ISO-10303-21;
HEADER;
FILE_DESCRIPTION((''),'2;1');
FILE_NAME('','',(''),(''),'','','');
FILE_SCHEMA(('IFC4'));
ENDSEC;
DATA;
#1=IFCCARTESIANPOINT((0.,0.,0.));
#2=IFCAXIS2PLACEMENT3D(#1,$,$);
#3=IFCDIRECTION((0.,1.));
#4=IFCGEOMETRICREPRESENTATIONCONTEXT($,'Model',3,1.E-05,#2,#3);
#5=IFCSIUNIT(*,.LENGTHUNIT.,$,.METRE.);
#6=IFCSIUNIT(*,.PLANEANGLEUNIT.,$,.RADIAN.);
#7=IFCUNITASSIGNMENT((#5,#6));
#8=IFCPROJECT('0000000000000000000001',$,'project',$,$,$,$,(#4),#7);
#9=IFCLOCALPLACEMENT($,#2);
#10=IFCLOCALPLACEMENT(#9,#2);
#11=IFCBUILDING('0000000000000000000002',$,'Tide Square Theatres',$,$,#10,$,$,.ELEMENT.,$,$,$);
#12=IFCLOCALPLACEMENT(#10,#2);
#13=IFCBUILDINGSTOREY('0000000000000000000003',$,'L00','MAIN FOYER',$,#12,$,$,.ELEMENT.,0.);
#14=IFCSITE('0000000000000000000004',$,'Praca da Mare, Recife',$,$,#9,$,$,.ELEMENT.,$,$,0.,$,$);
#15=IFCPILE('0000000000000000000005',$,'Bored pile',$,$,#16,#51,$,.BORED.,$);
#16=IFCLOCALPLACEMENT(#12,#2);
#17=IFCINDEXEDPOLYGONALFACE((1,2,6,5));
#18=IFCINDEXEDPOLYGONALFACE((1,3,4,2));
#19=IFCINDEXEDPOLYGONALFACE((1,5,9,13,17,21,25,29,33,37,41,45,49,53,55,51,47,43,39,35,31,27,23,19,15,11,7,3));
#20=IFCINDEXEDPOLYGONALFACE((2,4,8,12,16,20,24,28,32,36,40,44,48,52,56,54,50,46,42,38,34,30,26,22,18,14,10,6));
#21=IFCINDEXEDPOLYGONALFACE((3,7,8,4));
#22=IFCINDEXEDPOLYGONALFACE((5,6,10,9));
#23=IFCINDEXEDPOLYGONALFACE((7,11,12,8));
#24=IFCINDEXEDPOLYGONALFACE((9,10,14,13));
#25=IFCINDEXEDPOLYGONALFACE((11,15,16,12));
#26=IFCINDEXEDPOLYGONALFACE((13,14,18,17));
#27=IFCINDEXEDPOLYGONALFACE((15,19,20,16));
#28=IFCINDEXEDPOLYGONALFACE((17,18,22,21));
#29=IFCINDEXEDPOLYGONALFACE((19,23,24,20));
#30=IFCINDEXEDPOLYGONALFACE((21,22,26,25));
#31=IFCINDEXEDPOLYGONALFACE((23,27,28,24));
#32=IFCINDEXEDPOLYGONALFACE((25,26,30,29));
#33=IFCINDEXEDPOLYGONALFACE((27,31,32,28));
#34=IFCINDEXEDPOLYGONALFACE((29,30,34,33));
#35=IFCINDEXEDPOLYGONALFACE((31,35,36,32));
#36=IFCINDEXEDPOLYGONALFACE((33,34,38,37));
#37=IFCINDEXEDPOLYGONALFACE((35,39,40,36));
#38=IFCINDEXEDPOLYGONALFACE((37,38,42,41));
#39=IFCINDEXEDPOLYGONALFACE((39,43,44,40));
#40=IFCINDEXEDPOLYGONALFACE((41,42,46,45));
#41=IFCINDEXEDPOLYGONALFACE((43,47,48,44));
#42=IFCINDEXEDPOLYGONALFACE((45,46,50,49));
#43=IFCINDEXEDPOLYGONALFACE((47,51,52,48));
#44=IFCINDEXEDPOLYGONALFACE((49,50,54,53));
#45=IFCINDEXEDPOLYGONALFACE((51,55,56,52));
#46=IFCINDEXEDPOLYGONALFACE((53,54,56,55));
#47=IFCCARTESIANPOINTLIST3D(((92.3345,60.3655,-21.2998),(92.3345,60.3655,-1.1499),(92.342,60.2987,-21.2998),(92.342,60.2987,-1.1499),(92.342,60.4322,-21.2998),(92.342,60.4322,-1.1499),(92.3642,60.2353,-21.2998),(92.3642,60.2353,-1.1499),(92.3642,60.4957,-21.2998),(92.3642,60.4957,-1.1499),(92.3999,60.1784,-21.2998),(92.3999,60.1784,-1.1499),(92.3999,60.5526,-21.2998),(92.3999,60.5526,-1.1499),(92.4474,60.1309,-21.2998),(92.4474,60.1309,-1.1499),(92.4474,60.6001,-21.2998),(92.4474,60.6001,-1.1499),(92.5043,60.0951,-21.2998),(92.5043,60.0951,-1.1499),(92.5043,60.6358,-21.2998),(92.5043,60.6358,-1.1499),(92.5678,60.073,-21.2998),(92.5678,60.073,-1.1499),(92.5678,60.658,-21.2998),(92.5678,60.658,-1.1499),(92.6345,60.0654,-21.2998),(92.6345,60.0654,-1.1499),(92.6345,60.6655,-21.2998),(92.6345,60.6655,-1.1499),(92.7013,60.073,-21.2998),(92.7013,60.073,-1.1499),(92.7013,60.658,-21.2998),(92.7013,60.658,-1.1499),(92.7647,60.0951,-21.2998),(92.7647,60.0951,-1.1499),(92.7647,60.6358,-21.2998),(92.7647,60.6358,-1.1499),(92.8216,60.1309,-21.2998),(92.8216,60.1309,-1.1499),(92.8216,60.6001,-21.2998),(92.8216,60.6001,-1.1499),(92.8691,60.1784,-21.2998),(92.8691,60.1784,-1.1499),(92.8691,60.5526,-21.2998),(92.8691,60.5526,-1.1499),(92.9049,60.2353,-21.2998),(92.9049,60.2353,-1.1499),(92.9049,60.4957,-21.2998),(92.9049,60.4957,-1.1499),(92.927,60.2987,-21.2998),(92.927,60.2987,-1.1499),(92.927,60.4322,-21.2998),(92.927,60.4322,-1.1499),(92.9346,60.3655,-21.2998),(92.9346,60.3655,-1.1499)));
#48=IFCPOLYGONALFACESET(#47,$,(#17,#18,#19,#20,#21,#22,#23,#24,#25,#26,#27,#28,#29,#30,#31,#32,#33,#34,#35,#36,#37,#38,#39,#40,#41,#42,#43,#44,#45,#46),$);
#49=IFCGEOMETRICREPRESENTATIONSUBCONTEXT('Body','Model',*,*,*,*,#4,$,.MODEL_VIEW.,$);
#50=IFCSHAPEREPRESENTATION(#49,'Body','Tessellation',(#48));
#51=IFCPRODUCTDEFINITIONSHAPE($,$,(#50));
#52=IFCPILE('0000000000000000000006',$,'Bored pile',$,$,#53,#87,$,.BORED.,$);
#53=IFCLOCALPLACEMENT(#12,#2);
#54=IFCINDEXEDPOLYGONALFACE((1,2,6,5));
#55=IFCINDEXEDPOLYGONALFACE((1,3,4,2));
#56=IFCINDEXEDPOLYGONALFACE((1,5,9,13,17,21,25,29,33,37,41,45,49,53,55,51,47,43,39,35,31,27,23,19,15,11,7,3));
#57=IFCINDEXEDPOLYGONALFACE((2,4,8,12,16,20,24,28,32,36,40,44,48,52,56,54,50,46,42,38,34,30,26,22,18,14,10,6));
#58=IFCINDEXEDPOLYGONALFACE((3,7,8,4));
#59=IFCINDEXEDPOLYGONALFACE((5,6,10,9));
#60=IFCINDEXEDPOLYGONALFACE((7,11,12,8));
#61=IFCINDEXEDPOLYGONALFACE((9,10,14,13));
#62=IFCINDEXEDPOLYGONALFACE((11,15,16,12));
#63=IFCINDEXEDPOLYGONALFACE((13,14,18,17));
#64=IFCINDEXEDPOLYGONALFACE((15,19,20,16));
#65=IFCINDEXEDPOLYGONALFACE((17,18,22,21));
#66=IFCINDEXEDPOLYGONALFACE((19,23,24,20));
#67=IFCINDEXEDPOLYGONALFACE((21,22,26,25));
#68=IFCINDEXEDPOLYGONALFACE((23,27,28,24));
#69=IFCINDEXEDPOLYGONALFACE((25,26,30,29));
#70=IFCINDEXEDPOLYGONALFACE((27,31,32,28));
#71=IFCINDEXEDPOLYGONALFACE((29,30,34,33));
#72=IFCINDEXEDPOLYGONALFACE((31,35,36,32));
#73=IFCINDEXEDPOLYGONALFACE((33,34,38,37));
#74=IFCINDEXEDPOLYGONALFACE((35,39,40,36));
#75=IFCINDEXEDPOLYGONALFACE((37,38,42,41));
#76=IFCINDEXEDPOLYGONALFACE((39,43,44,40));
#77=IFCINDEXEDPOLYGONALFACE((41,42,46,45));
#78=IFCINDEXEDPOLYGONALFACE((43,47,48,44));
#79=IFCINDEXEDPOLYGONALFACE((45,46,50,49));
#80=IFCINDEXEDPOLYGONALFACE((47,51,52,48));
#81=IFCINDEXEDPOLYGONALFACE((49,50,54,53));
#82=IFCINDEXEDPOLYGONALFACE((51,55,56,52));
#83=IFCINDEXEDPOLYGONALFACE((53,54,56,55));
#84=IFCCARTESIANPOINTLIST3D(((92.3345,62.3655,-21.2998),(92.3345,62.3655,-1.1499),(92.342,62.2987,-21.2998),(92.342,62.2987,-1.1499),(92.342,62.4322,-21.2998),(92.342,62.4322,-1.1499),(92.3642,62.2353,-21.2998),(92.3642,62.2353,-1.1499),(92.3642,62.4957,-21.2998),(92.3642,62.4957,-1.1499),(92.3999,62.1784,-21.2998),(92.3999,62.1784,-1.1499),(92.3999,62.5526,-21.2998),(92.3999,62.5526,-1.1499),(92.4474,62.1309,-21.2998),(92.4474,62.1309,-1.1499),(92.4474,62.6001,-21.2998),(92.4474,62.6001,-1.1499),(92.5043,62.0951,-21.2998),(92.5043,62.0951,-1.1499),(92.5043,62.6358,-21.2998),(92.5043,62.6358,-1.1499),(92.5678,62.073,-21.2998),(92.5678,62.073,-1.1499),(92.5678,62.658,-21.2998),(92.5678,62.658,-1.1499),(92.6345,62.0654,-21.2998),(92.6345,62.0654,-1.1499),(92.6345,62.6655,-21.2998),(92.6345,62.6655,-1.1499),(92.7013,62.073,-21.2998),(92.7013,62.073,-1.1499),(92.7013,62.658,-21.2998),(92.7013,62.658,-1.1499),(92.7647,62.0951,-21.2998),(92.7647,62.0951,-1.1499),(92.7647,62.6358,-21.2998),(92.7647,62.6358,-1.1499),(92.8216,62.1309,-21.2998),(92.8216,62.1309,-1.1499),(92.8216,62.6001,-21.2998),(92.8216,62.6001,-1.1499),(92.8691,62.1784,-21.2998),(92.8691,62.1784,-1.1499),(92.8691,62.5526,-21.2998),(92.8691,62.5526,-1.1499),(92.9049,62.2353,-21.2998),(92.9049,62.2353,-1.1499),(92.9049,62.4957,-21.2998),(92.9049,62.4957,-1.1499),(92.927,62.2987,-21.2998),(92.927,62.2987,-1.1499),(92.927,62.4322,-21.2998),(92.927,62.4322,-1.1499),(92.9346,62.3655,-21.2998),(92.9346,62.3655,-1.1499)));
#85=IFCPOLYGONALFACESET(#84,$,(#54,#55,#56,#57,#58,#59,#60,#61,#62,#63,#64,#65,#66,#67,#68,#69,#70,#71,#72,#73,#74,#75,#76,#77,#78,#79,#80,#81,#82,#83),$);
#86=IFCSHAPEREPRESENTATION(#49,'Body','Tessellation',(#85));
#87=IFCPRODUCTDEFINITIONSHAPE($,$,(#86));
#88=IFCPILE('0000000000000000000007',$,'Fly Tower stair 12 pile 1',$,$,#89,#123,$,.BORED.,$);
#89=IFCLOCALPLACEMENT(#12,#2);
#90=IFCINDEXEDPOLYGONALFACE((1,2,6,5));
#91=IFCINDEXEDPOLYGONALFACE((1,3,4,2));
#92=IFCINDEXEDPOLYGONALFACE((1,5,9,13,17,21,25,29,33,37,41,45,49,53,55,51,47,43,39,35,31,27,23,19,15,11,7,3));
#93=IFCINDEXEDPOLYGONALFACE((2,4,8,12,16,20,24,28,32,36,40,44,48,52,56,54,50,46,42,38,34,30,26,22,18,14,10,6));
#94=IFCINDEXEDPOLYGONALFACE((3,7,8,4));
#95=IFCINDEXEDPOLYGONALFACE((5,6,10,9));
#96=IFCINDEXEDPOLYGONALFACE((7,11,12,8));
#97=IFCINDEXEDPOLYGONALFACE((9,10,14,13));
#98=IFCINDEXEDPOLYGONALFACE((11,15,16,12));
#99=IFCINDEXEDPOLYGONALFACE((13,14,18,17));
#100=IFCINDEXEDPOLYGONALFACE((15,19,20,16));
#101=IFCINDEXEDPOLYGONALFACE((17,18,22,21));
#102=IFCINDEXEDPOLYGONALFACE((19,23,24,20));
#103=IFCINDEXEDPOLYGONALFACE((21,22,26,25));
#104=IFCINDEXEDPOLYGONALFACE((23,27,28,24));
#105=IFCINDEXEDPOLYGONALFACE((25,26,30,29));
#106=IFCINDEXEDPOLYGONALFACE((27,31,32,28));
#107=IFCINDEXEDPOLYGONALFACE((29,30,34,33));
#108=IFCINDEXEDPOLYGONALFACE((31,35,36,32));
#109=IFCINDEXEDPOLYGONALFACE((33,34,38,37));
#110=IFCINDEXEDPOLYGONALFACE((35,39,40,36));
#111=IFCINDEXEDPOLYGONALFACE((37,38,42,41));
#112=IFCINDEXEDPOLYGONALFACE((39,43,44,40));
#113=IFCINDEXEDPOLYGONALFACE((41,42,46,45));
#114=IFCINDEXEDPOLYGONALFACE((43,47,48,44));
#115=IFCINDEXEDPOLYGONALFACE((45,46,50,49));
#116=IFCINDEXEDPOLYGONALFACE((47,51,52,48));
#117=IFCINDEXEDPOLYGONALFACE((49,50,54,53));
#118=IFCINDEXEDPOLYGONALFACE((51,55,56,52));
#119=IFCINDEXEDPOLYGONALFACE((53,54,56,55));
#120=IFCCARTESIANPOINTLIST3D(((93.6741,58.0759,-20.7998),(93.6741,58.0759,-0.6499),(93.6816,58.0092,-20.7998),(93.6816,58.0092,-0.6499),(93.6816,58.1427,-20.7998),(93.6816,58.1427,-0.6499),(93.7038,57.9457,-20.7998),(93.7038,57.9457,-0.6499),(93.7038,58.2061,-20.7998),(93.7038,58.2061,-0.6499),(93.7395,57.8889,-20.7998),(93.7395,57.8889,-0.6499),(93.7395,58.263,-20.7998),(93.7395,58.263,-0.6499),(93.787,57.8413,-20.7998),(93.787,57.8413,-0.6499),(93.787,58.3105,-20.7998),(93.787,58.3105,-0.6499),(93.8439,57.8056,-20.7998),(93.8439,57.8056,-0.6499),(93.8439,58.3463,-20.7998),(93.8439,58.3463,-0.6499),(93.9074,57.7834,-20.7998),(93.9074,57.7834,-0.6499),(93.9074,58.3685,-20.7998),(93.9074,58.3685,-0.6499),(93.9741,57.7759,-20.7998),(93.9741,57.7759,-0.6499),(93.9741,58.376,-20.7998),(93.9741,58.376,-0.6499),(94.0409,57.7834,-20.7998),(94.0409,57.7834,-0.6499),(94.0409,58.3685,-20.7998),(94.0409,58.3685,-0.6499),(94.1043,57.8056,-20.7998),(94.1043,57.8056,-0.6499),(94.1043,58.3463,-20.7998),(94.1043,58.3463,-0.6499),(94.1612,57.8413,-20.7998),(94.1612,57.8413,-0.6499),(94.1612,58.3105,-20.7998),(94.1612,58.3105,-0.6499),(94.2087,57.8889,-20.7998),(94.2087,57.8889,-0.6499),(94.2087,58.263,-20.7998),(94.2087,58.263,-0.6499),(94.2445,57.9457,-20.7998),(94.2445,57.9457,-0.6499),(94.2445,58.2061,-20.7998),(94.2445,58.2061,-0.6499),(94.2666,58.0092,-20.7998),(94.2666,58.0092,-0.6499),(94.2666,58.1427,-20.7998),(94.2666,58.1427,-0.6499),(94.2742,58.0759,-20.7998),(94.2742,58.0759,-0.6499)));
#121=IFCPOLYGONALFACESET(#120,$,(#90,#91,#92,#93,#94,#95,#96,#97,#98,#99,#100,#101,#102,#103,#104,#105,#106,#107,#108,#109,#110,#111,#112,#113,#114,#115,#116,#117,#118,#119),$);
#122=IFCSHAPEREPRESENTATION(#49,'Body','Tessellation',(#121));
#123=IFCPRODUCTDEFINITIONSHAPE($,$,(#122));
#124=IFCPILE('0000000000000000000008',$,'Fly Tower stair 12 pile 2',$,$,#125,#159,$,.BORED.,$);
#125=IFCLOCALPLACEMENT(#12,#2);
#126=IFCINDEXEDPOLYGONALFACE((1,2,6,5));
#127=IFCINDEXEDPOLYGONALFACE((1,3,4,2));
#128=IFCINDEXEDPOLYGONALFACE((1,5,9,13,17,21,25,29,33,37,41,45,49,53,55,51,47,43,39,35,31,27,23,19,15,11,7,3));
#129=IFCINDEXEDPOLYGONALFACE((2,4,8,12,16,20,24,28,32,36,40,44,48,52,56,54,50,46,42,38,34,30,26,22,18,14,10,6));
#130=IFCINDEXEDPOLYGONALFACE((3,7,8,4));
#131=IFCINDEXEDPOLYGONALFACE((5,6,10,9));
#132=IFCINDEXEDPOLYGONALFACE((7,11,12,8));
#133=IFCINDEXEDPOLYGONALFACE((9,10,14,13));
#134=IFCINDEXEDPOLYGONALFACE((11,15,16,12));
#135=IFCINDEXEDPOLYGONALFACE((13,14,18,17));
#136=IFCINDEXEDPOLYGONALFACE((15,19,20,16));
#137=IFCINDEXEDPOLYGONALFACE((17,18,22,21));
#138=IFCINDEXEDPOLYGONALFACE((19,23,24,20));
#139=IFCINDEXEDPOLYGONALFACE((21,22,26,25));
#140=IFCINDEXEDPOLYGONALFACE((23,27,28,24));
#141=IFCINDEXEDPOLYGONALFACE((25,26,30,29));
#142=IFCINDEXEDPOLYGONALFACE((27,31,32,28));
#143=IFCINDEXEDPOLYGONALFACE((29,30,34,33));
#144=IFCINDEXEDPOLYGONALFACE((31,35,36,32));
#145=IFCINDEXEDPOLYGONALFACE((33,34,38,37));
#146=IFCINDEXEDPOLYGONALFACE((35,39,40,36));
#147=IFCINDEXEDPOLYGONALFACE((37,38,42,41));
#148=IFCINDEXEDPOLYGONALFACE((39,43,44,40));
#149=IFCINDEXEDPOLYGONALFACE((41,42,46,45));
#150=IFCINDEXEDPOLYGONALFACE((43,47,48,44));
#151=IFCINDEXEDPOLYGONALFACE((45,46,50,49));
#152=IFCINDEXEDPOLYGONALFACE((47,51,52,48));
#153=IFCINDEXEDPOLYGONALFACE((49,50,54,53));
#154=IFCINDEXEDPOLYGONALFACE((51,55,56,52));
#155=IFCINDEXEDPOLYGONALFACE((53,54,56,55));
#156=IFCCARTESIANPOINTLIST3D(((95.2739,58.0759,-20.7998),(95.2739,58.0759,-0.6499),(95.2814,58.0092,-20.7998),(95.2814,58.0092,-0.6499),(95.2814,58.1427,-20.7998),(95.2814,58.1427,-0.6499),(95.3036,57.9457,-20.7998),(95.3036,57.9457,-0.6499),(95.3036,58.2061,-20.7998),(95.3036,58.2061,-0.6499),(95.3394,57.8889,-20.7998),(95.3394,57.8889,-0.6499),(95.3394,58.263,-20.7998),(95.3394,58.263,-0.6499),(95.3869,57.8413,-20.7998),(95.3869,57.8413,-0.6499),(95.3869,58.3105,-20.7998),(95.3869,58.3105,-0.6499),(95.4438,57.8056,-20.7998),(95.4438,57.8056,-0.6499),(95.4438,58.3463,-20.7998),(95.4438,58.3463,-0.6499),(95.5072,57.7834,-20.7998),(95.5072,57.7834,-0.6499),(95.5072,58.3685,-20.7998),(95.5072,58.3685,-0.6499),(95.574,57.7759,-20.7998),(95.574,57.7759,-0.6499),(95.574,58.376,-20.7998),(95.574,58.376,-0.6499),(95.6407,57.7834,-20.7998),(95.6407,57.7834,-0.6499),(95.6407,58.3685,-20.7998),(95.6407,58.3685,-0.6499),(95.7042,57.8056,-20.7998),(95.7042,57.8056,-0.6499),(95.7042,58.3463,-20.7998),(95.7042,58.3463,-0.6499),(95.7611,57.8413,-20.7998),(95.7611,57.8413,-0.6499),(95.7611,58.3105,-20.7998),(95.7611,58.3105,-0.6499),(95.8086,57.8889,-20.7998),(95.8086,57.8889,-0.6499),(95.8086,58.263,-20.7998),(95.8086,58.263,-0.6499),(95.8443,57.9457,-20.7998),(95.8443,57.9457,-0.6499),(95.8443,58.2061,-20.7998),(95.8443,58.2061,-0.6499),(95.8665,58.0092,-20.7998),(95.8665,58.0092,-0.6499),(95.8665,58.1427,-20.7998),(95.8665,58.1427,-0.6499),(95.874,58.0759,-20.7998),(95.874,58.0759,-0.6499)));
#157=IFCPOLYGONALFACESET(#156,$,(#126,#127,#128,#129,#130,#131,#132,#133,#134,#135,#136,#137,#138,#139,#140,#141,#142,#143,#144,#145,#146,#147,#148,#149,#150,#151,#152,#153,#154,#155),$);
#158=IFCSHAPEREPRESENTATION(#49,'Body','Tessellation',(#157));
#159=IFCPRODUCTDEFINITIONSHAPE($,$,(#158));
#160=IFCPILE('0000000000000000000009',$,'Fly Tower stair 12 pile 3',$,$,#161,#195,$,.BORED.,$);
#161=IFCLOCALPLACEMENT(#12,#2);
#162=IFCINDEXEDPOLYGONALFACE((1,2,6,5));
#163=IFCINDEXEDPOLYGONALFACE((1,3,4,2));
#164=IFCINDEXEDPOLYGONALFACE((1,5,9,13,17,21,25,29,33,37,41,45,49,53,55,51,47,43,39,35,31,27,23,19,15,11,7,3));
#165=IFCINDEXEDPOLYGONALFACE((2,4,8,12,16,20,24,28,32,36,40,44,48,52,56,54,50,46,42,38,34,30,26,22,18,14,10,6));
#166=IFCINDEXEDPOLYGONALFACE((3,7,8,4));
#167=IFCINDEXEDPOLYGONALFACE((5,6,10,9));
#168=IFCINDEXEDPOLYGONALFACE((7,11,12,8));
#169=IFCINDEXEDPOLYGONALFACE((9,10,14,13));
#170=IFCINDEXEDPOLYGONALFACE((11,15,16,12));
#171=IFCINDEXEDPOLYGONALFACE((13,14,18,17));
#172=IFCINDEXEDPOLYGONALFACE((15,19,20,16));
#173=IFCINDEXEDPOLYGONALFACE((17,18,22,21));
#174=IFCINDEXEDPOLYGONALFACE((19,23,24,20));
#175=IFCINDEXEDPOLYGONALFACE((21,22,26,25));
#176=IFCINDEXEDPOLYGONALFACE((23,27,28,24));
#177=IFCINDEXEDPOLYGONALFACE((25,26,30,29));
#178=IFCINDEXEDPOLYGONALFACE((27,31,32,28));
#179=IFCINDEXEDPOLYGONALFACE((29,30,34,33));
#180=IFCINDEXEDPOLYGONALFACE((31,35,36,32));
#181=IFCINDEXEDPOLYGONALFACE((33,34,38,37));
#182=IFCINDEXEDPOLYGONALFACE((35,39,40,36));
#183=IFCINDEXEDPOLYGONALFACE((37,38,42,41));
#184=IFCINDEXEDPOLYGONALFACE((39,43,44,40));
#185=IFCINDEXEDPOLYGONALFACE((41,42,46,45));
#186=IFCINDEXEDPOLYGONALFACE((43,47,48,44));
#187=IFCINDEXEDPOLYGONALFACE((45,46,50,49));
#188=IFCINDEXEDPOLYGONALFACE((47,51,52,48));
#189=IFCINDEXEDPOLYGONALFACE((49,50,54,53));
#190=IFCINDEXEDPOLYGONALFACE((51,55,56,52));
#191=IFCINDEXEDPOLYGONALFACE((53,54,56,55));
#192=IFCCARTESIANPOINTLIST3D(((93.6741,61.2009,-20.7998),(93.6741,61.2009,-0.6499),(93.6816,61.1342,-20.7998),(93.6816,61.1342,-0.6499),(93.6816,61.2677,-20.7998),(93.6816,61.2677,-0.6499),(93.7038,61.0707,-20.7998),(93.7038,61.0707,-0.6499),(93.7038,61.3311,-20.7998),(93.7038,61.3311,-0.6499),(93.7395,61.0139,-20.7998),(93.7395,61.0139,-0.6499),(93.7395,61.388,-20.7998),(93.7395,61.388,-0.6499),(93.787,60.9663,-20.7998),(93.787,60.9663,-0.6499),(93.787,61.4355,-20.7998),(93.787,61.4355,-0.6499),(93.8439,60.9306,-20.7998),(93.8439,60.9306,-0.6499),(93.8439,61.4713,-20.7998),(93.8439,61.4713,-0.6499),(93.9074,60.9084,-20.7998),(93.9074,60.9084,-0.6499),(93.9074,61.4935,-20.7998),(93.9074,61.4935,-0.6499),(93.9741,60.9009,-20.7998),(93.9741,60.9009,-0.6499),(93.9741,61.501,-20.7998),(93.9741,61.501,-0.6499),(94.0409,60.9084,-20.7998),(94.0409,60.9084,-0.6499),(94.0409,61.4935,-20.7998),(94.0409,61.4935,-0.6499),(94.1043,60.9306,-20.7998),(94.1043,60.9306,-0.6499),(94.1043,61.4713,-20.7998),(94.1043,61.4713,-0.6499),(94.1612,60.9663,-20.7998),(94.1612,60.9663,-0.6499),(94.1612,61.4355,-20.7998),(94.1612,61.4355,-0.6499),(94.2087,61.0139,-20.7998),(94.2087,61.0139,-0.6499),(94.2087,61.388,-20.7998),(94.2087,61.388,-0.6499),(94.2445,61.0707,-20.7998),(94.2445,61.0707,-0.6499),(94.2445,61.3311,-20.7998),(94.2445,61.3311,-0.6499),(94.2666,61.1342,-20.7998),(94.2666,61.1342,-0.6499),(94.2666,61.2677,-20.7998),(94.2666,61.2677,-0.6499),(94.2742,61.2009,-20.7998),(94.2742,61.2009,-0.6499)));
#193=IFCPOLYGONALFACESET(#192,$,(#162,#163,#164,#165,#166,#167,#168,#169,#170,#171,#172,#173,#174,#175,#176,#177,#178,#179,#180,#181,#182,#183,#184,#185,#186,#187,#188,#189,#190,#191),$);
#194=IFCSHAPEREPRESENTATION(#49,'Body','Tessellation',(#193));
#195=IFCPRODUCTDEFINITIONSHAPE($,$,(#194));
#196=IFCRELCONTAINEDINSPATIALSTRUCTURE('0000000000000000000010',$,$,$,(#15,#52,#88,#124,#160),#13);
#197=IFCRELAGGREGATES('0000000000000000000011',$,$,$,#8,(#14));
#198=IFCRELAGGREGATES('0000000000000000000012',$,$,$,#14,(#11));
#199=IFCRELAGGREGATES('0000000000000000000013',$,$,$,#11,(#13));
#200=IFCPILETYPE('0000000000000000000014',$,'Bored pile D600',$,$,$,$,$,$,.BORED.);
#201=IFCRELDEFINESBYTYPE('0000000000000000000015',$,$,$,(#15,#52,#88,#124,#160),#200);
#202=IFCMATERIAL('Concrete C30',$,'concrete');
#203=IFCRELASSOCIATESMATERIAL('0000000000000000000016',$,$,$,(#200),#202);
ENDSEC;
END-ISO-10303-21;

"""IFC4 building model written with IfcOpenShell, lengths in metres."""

from ifc_helpers import new_model, si_unit, direction, frame, origin, origin_2d, place, context, subcontext, project, spatial, circle, extrude, material, material_profile, profile_set, type_object, element, save


model = new_model("IFC4")

# Units and contexts
model_context = context("Model", 3, precision=1e-05, world=origin(), true_north=direction((0.0, 1.0)))
body_context = subcontext(model_context, "Body", "Model", "MODEL_VIEW")
ifc_project = project(units=[si_unit("LENGTHUNIT", "METRE"), si_unit("PLANEANGLEUNIT", "RADIAN")], contexts=[model_context])

# Site, building, storey
site_placement = place(None, origin())
site = spatial("IfcSite", under=ifc_project, at=site_placement, Name="Praca da Mare, Recife", CompositionType="ELEMENT", RefElevation=0.0)
building_placement = place(site_placement, origin())
building = spatial("IfcBuilding", under=site, at=building_placement, Name="Tide Square Theatres", CompositionType="ELEMENT")
storey_placement = place(building_placement, origin())
storey = spatial("IfcBuildingStorey", under=building, at=storey_placement, Name="L00", Description="MAIN FOYER", CompositionType="ELEMENT", Elevation=0.0)

# Piles
ifc_material_1 = material(Name="Concrete C30", Category="concrete")
ifc_material_profile_1 = material_profile(ifc_material_1, circle(Radius=0.3, at=origin_2d()))
ifc_profile_set_1 = profile_set([ifc_material_profile_1], Name="Concrete C30")
pile_type_1 = type_object("IfcPileType", Name="Bored pile D600", PredefinedType="BORED", material=ifc_profile_set_1)
for number, where, z_axis, x_axis, name in (
    (1, (92.6345, 60.3655, -1.1499), (0.0, 0.0, -1.0), (1.0, 0.0, 0.0), "Bored pile"),
    (2, (92.6345, 62.3655, -1.1499), (0.0, 0.0, -1.0), (1.0, 0.0, 0.0), "Bored pile"),
    (3, (93.9741, 58.0759, -0.6499), (0.0, 0.0, -1.0), (1.0, 0.0, 0.0), "Fly Tower stair 12 pile 1"),
    (4, (95.574, 58.0759, -0.6499), (0.0, 0.0, -1.0), (1.0, 0.0, 0.0), "Fly Tower stair 12 pile 2"),
    (5, (93.9741, 61.2009, -0.6499), (0.0, 0.0, -1.0), (1.0, 0.0, 0.0), "Fly Tower stair 12 pile 3"),
):
    element("IfcPile", number, at=place(storey_placement, frame(where, z_axis=z_axis, x_axis=x_axis)), inside=storey, type_object=pile_type_1, Name=name, PredefinedType="BORED", context=body_context, shape_type="SweptSolid", body=[
        extrude(circle(Radius=0.3, at=origin_2d()), origin(), (0.0, 0.0, 1.0), 20.1499),
    ])

save(model, "model.ifc")
